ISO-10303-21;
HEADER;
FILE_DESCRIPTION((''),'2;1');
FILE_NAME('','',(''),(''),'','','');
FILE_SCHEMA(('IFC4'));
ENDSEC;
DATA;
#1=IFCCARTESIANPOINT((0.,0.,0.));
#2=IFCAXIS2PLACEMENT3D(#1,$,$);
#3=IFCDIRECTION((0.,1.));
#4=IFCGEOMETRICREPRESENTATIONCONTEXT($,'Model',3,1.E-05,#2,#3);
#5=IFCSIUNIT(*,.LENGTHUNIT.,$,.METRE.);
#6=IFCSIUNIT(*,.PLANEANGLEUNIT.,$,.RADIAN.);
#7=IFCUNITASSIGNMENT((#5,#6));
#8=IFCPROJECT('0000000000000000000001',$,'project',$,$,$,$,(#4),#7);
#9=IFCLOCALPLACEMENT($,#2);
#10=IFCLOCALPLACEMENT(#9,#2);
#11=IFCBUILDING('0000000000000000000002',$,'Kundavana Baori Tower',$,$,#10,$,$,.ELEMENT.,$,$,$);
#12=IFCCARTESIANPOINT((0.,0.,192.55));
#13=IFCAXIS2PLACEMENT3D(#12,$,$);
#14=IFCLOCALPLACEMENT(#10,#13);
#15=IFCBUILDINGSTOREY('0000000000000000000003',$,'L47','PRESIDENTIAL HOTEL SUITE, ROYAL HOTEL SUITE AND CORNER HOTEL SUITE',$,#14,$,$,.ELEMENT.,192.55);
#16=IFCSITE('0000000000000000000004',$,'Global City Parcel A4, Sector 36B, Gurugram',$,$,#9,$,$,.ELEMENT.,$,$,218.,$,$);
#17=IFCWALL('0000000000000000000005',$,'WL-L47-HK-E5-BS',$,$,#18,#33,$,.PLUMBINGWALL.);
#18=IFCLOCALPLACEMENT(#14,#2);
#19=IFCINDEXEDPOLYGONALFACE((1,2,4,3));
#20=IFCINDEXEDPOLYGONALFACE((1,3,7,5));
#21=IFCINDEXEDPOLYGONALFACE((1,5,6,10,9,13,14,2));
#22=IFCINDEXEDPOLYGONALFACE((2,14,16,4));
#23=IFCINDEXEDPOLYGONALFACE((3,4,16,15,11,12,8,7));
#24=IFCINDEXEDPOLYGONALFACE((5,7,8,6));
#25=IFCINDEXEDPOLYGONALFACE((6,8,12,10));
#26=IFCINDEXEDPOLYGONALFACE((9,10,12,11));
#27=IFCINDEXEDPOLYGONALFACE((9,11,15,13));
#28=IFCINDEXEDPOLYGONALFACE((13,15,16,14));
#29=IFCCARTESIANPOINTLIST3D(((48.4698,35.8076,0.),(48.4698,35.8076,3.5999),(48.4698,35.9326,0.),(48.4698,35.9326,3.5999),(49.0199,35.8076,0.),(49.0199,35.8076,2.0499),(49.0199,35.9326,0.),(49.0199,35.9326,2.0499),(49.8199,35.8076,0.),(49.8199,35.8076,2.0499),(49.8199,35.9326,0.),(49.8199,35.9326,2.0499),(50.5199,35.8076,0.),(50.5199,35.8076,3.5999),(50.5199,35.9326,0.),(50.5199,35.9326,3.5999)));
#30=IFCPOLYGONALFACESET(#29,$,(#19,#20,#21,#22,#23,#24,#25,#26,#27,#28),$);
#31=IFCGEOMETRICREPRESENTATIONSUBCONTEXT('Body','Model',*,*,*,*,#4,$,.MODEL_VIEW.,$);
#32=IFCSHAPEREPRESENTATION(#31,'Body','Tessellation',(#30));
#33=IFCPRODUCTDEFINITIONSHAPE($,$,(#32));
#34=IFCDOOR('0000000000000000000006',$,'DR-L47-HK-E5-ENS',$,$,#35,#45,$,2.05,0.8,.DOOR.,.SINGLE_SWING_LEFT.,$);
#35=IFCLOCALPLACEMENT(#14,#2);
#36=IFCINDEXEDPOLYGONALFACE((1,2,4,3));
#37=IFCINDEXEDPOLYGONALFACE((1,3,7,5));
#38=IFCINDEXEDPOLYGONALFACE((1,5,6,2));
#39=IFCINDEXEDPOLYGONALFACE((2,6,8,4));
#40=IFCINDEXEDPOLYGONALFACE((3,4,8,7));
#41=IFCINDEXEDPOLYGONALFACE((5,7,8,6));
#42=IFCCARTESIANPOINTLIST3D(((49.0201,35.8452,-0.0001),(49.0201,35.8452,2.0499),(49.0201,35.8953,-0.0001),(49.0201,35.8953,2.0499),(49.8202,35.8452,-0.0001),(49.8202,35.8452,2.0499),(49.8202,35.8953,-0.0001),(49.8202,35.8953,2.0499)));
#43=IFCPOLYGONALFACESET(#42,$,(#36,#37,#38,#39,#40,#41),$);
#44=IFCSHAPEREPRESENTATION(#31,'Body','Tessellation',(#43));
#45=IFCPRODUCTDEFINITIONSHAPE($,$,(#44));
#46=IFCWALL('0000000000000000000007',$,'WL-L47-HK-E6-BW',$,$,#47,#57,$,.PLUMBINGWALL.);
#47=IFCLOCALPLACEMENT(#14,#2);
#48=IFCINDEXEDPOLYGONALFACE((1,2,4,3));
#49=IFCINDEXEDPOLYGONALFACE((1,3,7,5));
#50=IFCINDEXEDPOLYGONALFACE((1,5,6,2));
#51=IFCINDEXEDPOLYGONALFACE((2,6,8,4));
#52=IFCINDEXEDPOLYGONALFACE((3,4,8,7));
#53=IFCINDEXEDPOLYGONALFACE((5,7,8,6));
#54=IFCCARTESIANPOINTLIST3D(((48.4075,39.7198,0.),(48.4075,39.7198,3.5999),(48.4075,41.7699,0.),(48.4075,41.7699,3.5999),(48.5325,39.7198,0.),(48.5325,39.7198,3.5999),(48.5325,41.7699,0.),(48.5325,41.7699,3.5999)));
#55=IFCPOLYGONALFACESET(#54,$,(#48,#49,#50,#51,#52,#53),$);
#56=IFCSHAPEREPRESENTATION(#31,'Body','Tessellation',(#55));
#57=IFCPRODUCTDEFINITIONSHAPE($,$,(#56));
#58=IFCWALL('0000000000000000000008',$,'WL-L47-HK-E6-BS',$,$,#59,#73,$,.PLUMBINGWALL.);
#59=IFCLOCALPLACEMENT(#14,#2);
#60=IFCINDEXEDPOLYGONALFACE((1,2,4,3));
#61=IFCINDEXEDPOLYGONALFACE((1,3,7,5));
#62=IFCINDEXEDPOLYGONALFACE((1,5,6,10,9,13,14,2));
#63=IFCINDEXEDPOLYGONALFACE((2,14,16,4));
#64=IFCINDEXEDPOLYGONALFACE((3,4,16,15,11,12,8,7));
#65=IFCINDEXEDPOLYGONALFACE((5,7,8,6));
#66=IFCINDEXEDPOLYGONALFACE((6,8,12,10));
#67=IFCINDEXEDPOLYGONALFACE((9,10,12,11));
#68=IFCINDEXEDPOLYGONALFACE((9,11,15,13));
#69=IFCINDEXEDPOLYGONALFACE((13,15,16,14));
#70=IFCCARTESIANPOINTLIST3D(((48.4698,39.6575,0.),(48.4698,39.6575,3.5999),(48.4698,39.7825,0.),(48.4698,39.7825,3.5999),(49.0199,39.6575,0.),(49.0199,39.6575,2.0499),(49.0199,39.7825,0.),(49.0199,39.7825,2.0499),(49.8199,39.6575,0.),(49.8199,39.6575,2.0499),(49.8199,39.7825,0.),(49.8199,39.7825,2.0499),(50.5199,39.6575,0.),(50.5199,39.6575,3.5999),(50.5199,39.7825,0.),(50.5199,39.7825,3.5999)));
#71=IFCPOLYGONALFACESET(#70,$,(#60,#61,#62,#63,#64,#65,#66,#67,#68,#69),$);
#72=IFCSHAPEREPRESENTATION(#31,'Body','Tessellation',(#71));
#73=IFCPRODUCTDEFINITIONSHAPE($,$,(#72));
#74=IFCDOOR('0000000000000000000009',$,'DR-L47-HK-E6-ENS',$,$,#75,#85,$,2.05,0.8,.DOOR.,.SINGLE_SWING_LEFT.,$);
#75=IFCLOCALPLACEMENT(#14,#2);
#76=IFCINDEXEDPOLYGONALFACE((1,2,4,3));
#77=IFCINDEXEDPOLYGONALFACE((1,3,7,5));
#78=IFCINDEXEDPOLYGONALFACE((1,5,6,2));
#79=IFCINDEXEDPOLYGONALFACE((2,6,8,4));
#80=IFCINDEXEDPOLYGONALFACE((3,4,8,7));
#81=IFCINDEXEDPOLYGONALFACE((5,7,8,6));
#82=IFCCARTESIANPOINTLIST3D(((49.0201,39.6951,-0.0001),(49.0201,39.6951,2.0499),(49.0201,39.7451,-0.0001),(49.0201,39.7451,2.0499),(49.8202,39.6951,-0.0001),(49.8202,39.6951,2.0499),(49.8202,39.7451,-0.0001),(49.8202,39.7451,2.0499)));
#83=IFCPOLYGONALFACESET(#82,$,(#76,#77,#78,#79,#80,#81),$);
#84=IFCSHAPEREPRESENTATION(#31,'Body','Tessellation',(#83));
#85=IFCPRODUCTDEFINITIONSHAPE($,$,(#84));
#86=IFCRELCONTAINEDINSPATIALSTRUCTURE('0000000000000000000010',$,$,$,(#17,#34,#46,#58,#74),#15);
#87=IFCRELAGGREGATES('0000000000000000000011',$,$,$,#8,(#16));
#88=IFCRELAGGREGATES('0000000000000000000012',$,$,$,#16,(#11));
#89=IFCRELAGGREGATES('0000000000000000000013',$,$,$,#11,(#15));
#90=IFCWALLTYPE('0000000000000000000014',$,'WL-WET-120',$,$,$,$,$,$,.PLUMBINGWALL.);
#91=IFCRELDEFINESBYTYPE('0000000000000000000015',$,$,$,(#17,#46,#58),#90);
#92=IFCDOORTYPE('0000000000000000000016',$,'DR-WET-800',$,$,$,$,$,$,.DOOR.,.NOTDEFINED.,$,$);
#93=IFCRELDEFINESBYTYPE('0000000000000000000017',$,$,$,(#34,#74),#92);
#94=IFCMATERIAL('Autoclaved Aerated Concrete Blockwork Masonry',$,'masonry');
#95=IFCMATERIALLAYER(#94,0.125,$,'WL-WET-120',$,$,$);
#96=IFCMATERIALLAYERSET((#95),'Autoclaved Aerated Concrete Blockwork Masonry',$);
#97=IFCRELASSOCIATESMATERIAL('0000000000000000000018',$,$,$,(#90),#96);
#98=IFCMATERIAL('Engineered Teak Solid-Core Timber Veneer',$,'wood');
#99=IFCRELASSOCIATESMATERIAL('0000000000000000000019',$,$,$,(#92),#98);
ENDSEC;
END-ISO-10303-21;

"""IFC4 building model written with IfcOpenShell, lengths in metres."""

from ifc_helpers import new_model, si_unit, direction, frame, frame_2d, origin, place, context, subcontext, project, spatial, rectangle, extrude, material, layer, layer_set, type_object, element, fill, save


model = new_model("IFC4")

# Units and contexts
model_context = context("Model", 3, precision=1e-05, world=origin(), true_north=direction((0.0, 1.0)))
body_context = subcontext(model_context, "Body", "Model", "MODEL_VIEW")
ifc_project = project(units=[si_unit("LENGTHUNIT", "METRE"), si_unit("PLANEANGLEUNIT", "RADIAN")], contexts=[model_context])

# Site, building, storey
site_placement = place(None, origin())
site = spatial("IfcSite", under=ifc_project, at=site_placement, Name="Global City Parcel A4, Sector 36B, Gurugram", CompositionType="ELEMENT", RefElevation=218.0)
building_placement = place(site_placement, origin())
building = spatial("IfcBuilding", under=site, at=building_placement, Name="Kundavana Baori Tower", CompositionType="ELEMENT")
storey_placement = place(building_placement, frame((0.0, 0.0, 192.55)))
storey = spatial("IfcBuildingStorey", under=building, at=storey_placement, Name="L47", Description="PRESIDENTIAL HOTEL SUITE, ROYAL HOTEL SUITE AND CORNER HOTEL SUITE", CompositionType="ELEMENT", Elevation=192.55)

# Wall, opening, door
ifc_material_1 = material(Name="Autoclaved Aerated Concrete Blockwork Masonry", Category="masonry")
ifc_layer_1 = layer(ifc_material_1, 0.125, Name="WL-WET-120")
ifc_layer_set_1 = layer_set([ifc_layer_1], Name="Autoclaved Aerated Concrete Blockwork Masonry")
wall_type_1 = type_object("IfcWallType", Name="WL-WET-120", PredefinedType="PLUMBINGWALL", material=ifc_layer_set_1)
wall_1_placement = place(storey_placement, frame((48.47, 35.8701, 0.0), z_axis=(0.0, 0.0, 1.0), x_axis=(1.0, 0.0, 0.0)))
wall_1 = element("IfcWall", 1, at=wall_1_placement, inside=storey, type_object=wall_type_1, Name="WL-L47-HK-E5-BS", PredefinedType="PLUMBINGWALL", context=body_context, shape_type="SweptSolid", body=[
    extrude(rectangle(XDim=2.05, YDim=0.125, at=frame_2d((1.0249, 0.0))), origin(), (0.0, 0.0, 1.0), 3.5999),
])
opening_1_placement = place(wall_1_placement, frame((0.55, 0.0, 0.0)))
opening_1 = element("IfcOpeningElement", 2, at=opening_1_placement, cuts=wall_1, PredefinedType="OPENING", context=body_context, shape_type="SweptSolid", body=[
    extrude(rectangle(XDim=0.8, YDim=2.05, at=frame_2d((0.3999, 1.0249))), frame((0.0, 0.0725, 0.0), z_axis=(0.0, -1.0, 0.0), x_axis=(1.0, 0.0, 0.0)), (0.0, 0.0, 1.0), 0.145),
])
ifc_material_2 = material(Name="Engineered Teak Solid-Core Timber Veneer", Category="wood")
door_type_1 = type_object("IfcDoorType", Name="DR-WET-800", OperationType="NOTDEFINED", PredefinedType="DOOR", material=ifc_material_2)
door_1_placement = place(opening_1_placement, frame((0.8, 0.0, 0.0), z_axis=(0.0, 0.0, 1.0), x_axis=(-1.0, 0.0, 0.0)))
door_1 = element("IfcDoor", 3, at=door_1_placement, inside=storey, type_object=door_type_1, Name="DR-L47-HK-E5-ENS", OperationType="SINGLE_SWING_LEFT", OverallHeight=2.05, OverallWidth=0.8, PredefinedType="DOOR", context=body_context, shape_type="SweptSolid", body=[
    extrude(rectangle(XDim=0.8, YDim=2.05, at=frame_2d((0.3999, 1.0249))), frame((0.0, 0.0249, 0.0), z_axis=(0.0, -1.0, 0.0), x_axis=(1.0, 0.0, 0.0)), (0.0, 0.0, 1.0), 0.05),
])
fill(opening_1, door_1)

# Wall
wall_2_placement = place(storey_placement, frame((48.47, 39.72, 0.0), z_axis=(0.0, 0.0, 1.0), x_axis=(0.0, 1.0, 0.0)))
element("IfcWall", 4, at=wall_2_placement, inside=storey, type_object=wall_type_1, Name="WL-L47-HK-E6-BW", PredefinedType="PLUMBINGWALL", context=body_context, shape_type="SweptSolid", body=[
    extrude(rectangle(XDim=2.05, YDim=0.125, at=frame_2d((1.0249, 0.0))), origin(), (0.0, 0.0, 1.0), 3.5999),
])

# Wall, opening, door
wall_3_placement = place(storey_placement, frame((48.47, 39.72, 0.0), z_axis=(0.0, 0.0, 1.0), x_axis=(1.0, 0.0, 0.0)))
wall_3 = element("IfcWall", 5, at=wall_3_placement, inside=storey, type_object=wall_type_1, Name="WL-L47-HK-E6-BS", PredefinedType="PLUMBINGWALL", context=body_context, shape_type="SweptSolid", body=[
    extrude(rectangle(XDim=2.05, YDim=0.125, at=frame_2d((1.0249, 0.0))), origin(), (0.0, 0.0, 1.0), 3.5999),
])
opening_2_placement = place(wall_3_placement, frame((0.55, 0.0, 0.0)))
opening_2 = element("IfcOpeningElement", 6, at=opening_2_placement, cuts=wall_3, PredefinedType="OPENING", context=body_context, shape_type="SweptSolid", body=[
    extrude(rectangle(XDim=0.8, YDim=2.05, at=frame_2d((0.3999, 1.0249))), frame((0.0, 0.0725, 0.0), z_axis=(0.0, -1.0, 0.0), x_axis=(1.0, 0.0, 0.0)), (0.0, 0.0, 1.0), 0.145),
])
door_2_placement = place(opening_2_placement, frame((0.8, 0.0, 0.0), z_axis=(0.0, 0.0, 1.0), x_axis=(-1.0, 0.0, 0.0)))
door_2 = element("IfcDoor", 7, at=door_2_placement, inside=storey, type_object=door_type_1, Name="DR-L47-HK-E6-ENS", OperationType="SINGLE_SWING_LEFT", OverallHeight=2.05, OverallWidth=0.8, PredefinedType="DOOR", context=body_context, shape_type="SweptSolid", body=[
    extrude(rectangle(XDim=0.8, YDim=2.05, at=frame_2d((0.3999, 1.0249))), frame((0.0, 0.0249, 0.0), z_axis=(0.0, -1.0, 0.0), x_axis=(1.0, 0.0, 0.0)), (0.0, 0.0, 1.0), 0.05),
])
fill(opening_2, door_2)

save(model, "model.ifc")
